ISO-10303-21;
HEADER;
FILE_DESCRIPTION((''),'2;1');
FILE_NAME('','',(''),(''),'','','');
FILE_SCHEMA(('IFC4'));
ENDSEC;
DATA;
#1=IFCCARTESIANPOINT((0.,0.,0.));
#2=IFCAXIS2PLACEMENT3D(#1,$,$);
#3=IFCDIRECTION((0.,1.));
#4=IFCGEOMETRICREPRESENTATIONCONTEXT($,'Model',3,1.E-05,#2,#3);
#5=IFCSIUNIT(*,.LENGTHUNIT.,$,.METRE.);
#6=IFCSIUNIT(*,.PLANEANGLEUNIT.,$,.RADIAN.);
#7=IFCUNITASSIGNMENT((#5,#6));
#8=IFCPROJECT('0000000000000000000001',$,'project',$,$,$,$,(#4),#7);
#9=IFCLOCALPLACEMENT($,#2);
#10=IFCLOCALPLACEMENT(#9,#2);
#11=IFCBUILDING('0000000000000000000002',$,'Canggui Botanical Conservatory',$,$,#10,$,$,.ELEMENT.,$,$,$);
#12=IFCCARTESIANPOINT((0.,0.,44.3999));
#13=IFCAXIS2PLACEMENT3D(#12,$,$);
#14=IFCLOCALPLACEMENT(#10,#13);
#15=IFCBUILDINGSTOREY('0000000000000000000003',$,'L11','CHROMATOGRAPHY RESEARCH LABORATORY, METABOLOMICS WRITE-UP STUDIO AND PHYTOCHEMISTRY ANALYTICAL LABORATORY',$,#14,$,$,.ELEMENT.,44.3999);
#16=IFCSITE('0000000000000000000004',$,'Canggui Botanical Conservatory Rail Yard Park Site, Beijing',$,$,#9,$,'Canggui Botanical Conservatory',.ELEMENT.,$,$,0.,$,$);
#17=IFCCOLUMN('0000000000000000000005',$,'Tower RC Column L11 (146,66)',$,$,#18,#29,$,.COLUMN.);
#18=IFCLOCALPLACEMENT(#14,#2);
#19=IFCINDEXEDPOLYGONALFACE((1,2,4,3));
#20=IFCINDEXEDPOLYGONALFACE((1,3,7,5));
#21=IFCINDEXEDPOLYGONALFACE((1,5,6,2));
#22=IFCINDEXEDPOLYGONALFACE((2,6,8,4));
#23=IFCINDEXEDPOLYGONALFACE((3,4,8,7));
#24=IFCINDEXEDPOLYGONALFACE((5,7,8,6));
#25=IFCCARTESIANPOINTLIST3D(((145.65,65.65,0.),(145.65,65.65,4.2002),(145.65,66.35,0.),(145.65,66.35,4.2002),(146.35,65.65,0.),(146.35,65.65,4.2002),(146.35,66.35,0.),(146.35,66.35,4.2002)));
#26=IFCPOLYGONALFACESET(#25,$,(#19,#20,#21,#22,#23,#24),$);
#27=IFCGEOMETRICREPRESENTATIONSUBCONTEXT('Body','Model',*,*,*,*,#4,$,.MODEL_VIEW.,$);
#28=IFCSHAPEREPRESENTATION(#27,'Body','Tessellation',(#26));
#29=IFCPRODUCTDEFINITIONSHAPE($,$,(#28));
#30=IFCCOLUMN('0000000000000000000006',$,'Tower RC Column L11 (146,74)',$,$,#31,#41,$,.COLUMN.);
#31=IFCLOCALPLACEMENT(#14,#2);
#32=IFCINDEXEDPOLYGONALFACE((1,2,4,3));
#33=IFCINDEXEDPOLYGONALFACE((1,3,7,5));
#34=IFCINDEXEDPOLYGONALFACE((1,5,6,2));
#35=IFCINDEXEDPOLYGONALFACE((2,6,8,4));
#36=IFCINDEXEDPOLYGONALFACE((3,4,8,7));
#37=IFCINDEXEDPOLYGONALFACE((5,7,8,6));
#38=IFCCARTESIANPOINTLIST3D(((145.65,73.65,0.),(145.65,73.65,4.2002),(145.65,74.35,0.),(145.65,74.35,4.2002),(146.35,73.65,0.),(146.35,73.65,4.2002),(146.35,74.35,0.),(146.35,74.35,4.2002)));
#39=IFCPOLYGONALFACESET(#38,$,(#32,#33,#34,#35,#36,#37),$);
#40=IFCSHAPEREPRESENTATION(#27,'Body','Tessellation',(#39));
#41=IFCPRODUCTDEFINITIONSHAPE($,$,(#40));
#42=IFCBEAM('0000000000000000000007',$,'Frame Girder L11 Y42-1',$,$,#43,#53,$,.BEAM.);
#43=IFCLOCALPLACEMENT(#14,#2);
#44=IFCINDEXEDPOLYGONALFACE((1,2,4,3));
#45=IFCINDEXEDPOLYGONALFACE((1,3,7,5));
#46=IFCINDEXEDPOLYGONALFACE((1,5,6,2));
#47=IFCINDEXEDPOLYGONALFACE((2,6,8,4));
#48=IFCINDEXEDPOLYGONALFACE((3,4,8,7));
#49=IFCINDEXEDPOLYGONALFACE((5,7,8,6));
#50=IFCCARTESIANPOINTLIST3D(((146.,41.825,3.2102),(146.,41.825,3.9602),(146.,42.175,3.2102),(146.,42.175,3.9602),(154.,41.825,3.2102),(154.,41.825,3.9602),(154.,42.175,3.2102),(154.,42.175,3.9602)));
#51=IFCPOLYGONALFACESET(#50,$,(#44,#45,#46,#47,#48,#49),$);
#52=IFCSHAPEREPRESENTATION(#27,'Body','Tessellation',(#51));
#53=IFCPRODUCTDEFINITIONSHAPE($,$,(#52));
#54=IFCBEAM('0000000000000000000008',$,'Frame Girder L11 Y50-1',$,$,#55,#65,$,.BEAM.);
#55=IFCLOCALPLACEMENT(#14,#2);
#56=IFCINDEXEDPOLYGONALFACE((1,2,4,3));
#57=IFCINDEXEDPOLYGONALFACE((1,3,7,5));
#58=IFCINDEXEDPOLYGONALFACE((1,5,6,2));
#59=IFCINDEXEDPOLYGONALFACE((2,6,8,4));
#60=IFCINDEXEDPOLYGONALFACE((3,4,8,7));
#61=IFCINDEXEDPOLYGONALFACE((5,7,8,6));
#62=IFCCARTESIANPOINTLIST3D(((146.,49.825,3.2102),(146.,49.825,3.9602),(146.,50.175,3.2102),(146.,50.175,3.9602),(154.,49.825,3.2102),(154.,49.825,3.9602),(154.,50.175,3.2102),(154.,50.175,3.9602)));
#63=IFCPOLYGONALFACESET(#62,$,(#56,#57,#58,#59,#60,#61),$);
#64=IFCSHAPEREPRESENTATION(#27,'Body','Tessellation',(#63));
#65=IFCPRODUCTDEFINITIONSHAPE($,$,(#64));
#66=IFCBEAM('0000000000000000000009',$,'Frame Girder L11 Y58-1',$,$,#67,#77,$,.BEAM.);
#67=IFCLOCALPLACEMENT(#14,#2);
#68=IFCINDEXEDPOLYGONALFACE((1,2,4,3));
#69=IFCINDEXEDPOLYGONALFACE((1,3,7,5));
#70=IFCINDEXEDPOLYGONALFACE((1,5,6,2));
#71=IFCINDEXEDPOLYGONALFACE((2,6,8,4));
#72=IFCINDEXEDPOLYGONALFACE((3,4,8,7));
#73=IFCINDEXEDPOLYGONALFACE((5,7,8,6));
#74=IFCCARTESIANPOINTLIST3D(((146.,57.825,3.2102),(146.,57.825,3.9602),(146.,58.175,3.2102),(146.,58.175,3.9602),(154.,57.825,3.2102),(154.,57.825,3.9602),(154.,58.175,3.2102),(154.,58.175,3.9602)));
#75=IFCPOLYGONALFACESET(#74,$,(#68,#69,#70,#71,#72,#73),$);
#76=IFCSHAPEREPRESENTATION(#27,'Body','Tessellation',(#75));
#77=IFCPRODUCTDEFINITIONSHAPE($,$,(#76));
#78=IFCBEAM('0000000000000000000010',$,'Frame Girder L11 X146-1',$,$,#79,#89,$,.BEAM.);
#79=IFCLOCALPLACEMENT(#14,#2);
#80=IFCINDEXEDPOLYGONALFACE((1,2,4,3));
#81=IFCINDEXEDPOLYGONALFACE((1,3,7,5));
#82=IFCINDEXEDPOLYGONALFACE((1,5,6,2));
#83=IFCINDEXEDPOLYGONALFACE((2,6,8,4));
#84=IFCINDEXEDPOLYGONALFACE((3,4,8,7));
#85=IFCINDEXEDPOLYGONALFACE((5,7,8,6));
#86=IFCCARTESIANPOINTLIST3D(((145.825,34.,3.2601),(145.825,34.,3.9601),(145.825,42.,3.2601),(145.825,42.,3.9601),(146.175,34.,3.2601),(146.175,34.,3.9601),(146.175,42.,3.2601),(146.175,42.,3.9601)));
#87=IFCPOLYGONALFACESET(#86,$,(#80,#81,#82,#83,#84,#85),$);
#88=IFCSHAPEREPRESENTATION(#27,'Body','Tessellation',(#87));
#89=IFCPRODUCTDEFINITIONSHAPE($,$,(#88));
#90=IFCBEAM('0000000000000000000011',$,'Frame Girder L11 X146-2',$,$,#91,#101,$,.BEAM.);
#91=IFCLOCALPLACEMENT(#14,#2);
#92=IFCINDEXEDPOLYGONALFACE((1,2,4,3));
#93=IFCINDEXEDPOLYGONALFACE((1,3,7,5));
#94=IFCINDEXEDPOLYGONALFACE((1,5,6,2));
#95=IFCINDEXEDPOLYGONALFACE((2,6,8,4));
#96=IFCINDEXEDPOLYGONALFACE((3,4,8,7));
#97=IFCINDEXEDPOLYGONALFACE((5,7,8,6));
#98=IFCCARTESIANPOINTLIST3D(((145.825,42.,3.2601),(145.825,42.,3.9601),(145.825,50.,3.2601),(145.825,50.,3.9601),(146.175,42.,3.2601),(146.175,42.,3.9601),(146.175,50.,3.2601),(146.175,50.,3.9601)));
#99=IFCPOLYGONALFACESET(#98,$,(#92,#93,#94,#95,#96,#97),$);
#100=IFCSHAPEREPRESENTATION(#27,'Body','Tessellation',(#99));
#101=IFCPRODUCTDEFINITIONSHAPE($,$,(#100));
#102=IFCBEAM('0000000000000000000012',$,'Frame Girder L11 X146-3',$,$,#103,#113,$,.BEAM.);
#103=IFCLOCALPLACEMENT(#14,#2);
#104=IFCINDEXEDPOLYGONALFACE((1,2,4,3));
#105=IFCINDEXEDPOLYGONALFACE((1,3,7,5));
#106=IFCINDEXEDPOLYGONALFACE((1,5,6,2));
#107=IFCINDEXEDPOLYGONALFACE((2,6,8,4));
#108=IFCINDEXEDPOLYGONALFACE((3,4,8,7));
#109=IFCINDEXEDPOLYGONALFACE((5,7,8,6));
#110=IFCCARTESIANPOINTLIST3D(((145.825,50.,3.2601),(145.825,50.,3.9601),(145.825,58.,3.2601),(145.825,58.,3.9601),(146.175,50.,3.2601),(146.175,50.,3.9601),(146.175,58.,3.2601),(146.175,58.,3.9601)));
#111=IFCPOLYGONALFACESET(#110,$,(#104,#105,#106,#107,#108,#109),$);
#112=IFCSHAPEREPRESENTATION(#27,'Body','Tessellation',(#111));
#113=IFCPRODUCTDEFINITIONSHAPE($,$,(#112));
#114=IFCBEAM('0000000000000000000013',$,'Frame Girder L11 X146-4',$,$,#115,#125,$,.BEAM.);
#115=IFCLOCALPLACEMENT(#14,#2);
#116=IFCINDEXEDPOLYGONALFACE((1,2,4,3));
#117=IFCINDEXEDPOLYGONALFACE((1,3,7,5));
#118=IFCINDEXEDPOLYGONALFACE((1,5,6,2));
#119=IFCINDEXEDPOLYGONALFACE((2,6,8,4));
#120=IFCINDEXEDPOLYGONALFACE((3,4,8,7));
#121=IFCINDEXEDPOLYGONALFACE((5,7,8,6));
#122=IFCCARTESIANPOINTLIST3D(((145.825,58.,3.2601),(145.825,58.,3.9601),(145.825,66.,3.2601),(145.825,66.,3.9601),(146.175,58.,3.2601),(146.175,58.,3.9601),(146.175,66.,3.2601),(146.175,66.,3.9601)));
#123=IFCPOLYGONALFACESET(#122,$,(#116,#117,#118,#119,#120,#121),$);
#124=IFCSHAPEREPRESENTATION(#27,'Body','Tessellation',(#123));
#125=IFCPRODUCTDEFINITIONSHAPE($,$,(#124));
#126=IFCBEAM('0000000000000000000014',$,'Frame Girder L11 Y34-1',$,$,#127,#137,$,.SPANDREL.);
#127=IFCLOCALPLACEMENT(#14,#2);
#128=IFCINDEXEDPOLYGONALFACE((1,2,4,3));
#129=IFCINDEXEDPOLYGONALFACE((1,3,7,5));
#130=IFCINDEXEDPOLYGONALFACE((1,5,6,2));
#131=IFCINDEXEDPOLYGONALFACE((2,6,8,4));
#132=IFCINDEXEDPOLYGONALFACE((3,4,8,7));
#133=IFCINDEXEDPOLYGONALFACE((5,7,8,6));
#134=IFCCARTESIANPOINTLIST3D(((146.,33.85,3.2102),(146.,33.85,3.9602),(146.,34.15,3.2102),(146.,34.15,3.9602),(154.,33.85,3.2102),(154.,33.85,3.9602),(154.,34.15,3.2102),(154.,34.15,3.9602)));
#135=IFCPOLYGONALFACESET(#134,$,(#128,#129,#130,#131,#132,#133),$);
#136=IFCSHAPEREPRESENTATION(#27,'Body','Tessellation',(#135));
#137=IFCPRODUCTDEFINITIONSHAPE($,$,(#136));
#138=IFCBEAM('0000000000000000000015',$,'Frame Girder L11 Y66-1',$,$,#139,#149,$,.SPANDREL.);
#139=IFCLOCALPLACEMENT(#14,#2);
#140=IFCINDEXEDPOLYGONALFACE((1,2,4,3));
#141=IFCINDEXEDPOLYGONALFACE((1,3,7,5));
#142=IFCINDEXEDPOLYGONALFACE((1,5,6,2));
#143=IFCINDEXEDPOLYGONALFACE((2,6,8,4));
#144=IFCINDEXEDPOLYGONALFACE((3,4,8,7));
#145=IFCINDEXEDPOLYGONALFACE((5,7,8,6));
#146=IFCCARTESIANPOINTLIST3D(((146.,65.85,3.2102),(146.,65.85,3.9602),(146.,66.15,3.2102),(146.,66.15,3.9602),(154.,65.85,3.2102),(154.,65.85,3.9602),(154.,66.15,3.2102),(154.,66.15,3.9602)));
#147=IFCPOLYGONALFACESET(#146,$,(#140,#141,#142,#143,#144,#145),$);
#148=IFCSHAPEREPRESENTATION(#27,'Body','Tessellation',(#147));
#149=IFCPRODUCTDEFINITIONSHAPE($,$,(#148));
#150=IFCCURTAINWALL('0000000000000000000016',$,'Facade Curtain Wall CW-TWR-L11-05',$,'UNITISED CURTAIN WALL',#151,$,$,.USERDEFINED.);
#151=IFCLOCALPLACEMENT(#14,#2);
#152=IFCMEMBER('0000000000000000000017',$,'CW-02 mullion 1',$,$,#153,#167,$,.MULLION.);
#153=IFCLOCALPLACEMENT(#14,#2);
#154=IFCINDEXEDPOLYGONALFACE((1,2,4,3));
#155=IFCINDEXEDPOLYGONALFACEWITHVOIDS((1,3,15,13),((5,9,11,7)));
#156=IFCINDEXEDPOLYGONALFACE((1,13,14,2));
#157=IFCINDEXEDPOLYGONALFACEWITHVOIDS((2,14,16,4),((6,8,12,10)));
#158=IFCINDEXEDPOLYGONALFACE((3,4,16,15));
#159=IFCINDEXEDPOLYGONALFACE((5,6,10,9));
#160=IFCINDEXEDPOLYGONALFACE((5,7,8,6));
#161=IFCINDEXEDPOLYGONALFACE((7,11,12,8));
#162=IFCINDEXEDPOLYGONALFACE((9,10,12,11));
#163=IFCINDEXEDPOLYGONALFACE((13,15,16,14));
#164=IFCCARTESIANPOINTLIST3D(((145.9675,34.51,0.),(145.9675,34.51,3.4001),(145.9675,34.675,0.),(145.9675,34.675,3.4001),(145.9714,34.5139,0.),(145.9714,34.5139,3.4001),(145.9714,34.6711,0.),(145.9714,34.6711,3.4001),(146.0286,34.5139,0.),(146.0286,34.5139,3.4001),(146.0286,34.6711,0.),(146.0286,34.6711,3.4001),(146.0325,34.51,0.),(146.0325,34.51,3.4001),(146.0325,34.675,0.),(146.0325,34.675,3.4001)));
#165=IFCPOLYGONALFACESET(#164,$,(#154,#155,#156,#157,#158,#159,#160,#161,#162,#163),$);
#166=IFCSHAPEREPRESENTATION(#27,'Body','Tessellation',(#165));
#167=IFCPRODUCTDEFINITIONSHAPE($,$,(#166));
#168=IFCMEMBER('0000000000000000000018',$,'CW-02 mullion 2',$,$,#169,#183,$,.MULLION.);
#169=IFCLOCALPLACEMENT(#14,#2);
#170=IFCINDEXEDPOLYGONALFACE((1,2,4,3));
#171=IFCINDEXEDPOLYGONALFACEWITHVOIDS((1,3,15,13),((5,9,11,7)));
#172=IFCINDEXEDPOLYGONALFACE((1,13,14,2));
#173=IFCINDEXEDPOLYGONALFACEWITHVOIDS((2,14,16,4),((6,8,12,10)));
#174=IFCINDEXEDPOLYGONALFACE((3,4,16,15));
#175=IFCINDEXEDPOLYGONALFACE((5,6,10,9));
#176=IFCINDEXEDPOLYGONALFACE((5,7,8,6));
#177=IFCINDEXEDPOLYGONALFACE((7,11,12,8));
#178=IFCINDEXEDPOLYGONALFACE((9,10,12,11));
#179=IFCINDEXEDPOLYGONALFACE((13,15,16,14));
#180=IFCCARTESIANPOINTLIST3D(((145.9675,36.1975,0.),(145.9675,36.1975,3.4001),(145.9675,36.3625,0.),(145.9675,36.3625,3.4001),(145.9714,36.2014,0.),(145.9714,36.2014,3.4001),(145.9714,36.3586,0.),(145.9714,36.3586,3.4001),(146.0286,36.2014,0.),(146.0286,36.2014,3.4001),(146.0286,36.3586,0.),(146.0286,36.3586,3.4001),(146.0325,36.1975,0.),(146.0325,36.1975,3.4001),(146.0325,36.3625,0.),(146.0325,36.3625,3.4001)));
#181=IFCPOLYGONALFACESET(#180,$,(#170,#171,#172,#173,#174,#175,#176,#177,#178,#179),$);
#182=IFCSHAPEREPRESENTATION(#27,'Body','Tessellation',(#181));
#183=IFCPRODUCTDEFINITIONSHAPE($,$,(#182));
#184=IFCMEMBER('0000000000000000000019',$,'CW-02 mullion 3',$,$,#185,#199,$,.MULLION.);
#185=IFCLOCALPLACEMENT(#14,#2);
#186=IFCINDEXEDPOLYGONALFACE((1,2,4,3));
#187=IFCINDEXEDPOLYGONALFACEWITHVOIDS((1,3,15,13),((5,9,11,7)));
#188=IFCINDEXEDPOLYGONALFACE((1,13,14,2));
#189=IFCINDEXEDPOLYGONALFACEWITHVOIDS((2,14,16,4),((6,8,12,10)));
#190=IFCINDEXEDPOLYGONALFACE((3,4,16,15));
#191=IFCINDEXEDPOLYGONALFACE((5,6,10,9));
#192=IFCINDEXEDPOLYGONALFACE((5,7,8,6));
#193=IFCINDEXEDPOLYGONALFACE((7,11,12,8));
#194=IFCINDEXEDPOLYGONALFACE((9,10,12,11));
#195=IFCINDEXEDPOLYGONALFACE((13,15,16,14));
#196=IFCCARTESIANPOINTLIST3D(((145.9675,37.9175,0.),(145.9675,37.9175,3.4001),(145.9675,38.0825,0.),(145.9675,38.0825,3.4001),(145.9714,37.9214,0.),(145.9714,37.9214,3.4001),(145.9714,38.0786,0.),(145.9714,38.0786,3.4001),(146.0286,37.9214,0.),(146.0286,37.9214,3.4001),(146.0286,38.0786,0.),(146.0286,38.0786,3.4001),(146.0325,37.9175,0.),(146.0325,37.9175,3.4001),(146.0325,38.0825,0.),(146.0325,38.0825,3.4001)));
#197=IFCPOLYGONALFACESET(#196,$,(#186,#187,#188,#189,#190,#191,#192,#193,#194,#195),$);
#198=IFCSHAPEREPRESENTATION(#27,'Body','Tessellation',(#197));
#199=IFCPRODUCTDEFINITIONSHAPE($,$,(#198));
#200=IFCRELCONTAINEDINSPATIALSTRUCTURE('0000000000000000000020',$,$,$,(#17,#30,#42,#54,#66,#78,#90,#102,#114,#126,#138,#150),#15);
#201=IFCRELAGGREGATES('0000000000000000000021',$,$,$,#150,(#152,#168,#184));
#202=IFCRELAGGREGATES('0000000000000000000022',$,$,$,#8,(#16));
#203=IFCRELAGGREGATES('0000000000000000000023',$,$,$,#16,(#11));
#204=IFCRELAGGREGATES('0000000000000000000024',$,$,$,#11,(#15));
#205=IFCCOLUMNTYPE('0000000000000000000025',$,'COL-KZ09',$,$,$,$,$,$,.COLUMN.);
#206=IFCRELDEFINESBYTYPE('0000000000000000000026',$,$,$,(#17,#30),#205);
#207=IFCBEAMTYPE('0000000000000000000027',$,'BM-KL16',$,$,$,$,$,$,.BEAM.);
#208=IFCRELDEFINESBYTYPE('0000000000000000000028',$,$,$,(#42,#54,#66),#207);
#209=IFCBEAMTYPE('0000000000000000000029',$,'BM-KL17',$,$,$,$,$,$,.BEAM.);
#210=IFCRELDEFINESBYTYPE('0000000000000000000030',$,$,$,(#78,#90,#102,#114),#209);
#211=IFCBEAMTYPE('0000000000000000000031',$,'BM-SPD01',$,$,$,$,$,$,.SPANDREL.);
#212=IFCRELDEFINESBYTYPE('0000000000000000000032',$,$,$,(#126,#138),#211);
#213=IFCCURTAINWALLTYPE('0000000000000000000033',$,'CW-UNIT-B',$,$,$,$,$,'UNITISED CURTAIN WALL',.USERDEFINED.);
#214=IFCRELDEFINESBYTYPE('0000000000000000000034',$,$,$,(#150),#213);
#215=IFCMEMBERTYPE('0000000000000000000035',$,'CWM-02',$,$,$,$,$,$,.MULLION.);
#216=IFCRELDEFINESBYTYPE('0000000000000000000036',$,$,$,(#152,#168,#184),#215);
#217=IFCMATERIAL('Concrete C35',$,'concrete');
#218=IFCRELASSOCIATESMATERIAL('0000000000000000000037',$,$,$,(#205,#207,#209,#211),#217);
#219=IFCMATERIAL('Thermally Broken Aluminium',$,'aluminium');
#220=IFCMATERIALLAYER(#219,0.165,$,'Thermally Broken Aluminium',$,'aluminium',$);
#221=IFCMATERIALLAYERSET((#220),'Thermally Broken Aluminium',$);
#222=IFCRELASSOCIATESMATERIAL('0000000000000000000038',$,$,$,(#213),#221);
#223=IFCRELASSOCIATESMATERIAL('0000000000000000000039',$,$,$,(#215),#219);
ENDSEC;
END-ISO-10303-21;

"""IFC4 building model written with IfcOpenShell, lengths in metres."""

from ifc_helpers import new_model, si_unit, direction, frame, origin, origin_2d, place, context, subcontext, project, spatial, rectangle, hollow_rectangle, extrude, material, layer, layer_set, material_profile, profile_set, type_object, element, aggregate, save


model = new_model("IFC4")

# Units and contexts
model_context = context("Model", 3, precision=1e-05, world=origin(), true_north=direction((0.0, 1.0)))
body_context = subcontext(model_context, "Body", "Model", "MODEL_VIEW")
ifc_project = project(units=[si_unit("LENGTHUNIT", "METRE"), si_unit("PLANEANGLEUNIT", "RADIAN")], contexts=[model_context])

# Site, building, storey
site_placement = place(None, origin())
site = spatial("IfcSite", under=ifc_project, at=site_placement, Name="Canggui Botanical Conservatory Rail Yard Park Site, Beijing", LongName="Canggui Botanical Conservatory", CompositionType="ELEMENT", RefElevation=0.0)
building_placement = place(site_placement, origin())
building = spatial("IfcBuilding", under=site, at=building_placement, Name="Canggui Botanical Conservatory", CompositionType="ELEMENT")
storey_placement = place(building_placement, frame((0.0, 0.0, 44.3999)))
storey = spatial("IfcBuildingStorey", under=building, at=storey_placement, Name="L11", Description="CHROMATOGRAPHY RESEARCH LABORATORY, METABOLOMICS WRITE-UP STUDIO AND PHYTOCHEMISTRY ANALYTICAL LABORATORY", CompositionType="ELEMENT", Elevation=44.3999)

# Columns
ifc_material_1 = material(Name="Concrete C35", Category="concrete")
ifc_material_profile_1 = material_profile(ifc_material_1, rectangle(XDim=0.7, YDim=0.7, at=origin_2d()), Name="RC 700x700")
ifc_profile_set_1 = profile_set([ifc_material_profile_1], Name="Concrete C35")
column_type = type_object("IfcColumnType", Name="COL-KZ09", PredefinedType="COLUMN", material=ifc_profile_set_1)
for number, where, z_axis, x_axis, name in (
    (1, (146.0, 66.0, 0.0), (0.0, 0.0, 1.0), (1.0, 0.0, 0.0), "Tower RC Column L11 (146,66)"),
    (2, (146.0, 74.0, 0.0), (0.0, 0.0, 1.0), (1.0, 0.0, 0.0), "Tower RC Column L11 (146,74)"),
):
    element("IfcColumn", number, at=place(storey_placement, frame(where, z_axis=z_axis, x_axis=x_axis)), inside=storey, type_object=column_type, Name=name, PredefinedType="COLUMN", context=body_context, shape_type="SweptSolid", body=[
        extrude(rectangle(XDim=0.7, YDim=0.7, at=origin_2d()), origin(), (0.0, 0.0, 1.0), 4.2002),
    ])

# Beams
ifc_material_profile_2 = material_profile(ifc_material_1, rectangle(XDim=0.3501, YDim=0.75, at=origin_2d()), Name="RB 350x750")
ifc_profile_set_2 = profile_set([ifc_material_profile_2], Name="Concrete C35")
beam_type_1 = type_object("IfcBeamType", Name="BM-KL16", PredefinedType="BEAM", material=ifc_profile_set_2)
for number, where, z_axis, x_axis, name in (
    (3, (146.0, 42.0, 3.5852), (1.0, 0.0, 0.0), (0.0, 1.0, 0.0), "Frame Girder L11 Y42-1"),
    (4, (146.0, 50.0, 3.5852), (1.0, 0.0, 0.0), (0.0, 1.0, 0.0), "Frame Girder L11 Y50-1"),
    (5, (146.0, 58.0, 3.5852), (1.0, 0.0, 0.0), (0.0, 1.0, 0.0), "Frame Girder L11 Y58-1"),
):
    element("IfcBeam", number, at=place(storey_placement, frame(where, z_axis=z_axis, x_axis=x_axis)), inside=storey, type_object=beam_type_1, Name=name, PredefinedType="BEAM", context=body_context, shape_type="SweptSolid", body=[
        extrude(rectangle(XDim=0.3501, YDim=0.75, at=origin_2d()), origin(), (0.0, 0.0, 1.0), 8.0),
    ])
ifc_material_profile_3 = material_profile(ifc_material_1, rectangle(XDim=0.3501, YDim=0.7, at=origin_2d()), Name="RB 350x700")
ifc_profile_set_3 = profile_set([ifc_material_profile_3], Name="Concrete C35")
beam_type_2 = type_object("IfcBeamType", Name="BM-KL17", PredefinedType="BEAM", material=ifc_profile_set_3)
for number, where, z_axis, x_axis, name in (
    (6, (146.0, 34.0, 3.6101), (0.0, 1.0, 0.0), (-1.0, 0.0, 0.0), "Frame Girder L11 X146-1"),
    (7, (146.0, 42.0, 3.6101), (0.0, 1.0, 0.0), (-1.0, 0.0, 0.0), "Frame Girder L11 X146-2"),
    (8, (146.0, 50.0, 3.6101), (0.0, 1.0, 0.0), (-1.0, 0.0, 0.0), "Frame Girder L11 X146-3"),
    (9, (146.0, 58.0, 3.6101), (0.0, 1.0, 0.0), (-1.0, 0.0, 0.0), "Frame Girder L11 X146-4"),
):
    element("IfcBeam", number, at=place(storey_placement, frame(where, z_axis=z_axis, x_axis=x_axis)), inside=storey, type_object=beam_type_2, Name=name, PredefinedType="BEAM", context=body_context, shape_type="SweptSolid", body=[
        extrude(rectangle(XDim=0.3501, YDim=0.7, at=origin_2d()), origin(), (0.0, 0.0, 1.0), 8.0),
    ])
ifc_material_profile_4 = material_profile(ifc_material_1, rectangle(XDim=0.3, YDim=0.75, at=origin_2d()), Name="RB 300x750")
ifc_profile_set_4 = profile_set([ifc_material_profile_4], Name="Concrete C35")
beam_type_3 = type_object("IfcBeamType", Name="BM-SPD01", PredefinedType="SPANDREL", material=ifc_profile_set_4)
for number, where, z_axis, x_axis, name in (
    (10, (146.0, 34.0, 3.5852), (1.0, 0.0, 0.0), (0.0, 1.0, 0.0), "Frame Girder L11 Y34-1"),
    (11, (146.0, 66.0, 3.5852), (1.0, 0.0, 0.0), (0.0, 1.0, 0.0), "Frame Girder L11 Y66-1"),
):
    element("IfcBeam", number, at=place(storey_placement, frame(where, z_axis=z_axis, x_axis=x_axis)), inside=storey, type_object=beam_type_3, Name=name, PredefinedType="SPANDREL", context=body_context, shape_type="SweptSolid", body=[
        extrude(rectangle(XDim=0.3, YDim=0.75, at=origin_2d()), origin(), (0.0, 0.0, 1.0), 8.0),
    ])

# Curtain wall, members
ifc_material_2 = material(Name="Thermally Broken Aluminium", Category="aluminium")
ifc_layer_1 = layer(ifc_material_2, 0.165, Name="Thermally Broken Aluminium", Category="aluminium")
ifc_layer_set_1 = layer_set([ifc_layer_1], Name="Thermally Broken Aluminium")
curtain_wall_type = type_object("IfcCurtainWallType", Name="CW-UNIT-B", ElementType="UNITISED CURTAIN WALL", PredefinedType="USERDEFINED", material=ifc_layer_set_1)
curtain_wall_placement = place(storey_placement, origin())
curtain_wall = element("IfcCurtainWall", 12, at=curtain_wall_placement, inside=storey, type_object=curtain_wall_type, Name="Facade Curtain Wall CW-TWR-L11-05", ObjectType="UNITISED CURTAIN WALL", PredefinedType="USERDEFINED")
ifc_material_profile_5 = material_profile(ifc_material_2, hollow_rectangle(XDim=0.0649, YDim=0.165, WallThickness=0.0039, at=origin_2d()), Name="CWM 65x165x4")
ifc_profile_set_5 = profile_set([ifc_material_profile_5], Name="Thermally Broken Aluminium")
member_type_1 = type_object("IfcMemberType", Name="CWM-02", PredefinedType="MULLION", material=ifc_profile_set_5)
member_1_placement = place(storey_placement, frame((146.0, 34.5925, 0.0), z_axis=(0.0, 0.0, 1.0), x_axis=(-1.0, 0.0, 0.0)))
member_1 = element("IfcMember", 13, at=member_1_placement, type_object=member_type_1, Name="CW-02 mullion 1", PredefinedType="MULLION", context=body_context, shape_type="SweptSolid", body=[
    extrude(hollow_rectangle(XDim=0.0649, YDim=0.165, WallThickness=0.0039, at=origin_2d()), origin(), (0.0, 0.0, 1.0), 3.4001),
])
member_2_placement = place(storey_placement, frame((146.0, 36.28, 0.0), z_axis=(0.0, 0.0, 1.0), x_axis=(-1.0, 0.0, 0.0)))
member_2 = element("IfcMember", 14, at=member_2_placement, type_object=member_type_1, Name="CW-02 mullion 2", PredefinedType="MULLION", context=body_context, shape_type="SweptSolid", body=[
    extrude(hollow_rectangle(XDim=0.0649, YDim=0.165, WallThickness=0.0039, at=origin_2d()), origin(), (0.0, 0.0, 1.0), 3.4001),
])
member_3_placement = place(storey_placement, frame((146.0, 38.0, 0.0), z_axis=(0.0, 0.0, 1.0), x_axis=(-1.0, 0.0, 0.0)))
member_3 = element("IfcMember", 15, at=member_3_placement, type_object=member_type_1, Name="CW-02 mullion 3", PredefinedType="MULLION", context=body_context, shape_type="SweptSolid", body=[
    extrude(hollow_rectangle(XDim=0.0649, YDim=0.165, WallThickness=0.0039, at=origin_2d()), origin(), (0.0, 0.0, 1.0), 3.4001),
])
aggregate(curtain_wall, [member_1, member_2, member_3])

save(model, "model.ifc")
